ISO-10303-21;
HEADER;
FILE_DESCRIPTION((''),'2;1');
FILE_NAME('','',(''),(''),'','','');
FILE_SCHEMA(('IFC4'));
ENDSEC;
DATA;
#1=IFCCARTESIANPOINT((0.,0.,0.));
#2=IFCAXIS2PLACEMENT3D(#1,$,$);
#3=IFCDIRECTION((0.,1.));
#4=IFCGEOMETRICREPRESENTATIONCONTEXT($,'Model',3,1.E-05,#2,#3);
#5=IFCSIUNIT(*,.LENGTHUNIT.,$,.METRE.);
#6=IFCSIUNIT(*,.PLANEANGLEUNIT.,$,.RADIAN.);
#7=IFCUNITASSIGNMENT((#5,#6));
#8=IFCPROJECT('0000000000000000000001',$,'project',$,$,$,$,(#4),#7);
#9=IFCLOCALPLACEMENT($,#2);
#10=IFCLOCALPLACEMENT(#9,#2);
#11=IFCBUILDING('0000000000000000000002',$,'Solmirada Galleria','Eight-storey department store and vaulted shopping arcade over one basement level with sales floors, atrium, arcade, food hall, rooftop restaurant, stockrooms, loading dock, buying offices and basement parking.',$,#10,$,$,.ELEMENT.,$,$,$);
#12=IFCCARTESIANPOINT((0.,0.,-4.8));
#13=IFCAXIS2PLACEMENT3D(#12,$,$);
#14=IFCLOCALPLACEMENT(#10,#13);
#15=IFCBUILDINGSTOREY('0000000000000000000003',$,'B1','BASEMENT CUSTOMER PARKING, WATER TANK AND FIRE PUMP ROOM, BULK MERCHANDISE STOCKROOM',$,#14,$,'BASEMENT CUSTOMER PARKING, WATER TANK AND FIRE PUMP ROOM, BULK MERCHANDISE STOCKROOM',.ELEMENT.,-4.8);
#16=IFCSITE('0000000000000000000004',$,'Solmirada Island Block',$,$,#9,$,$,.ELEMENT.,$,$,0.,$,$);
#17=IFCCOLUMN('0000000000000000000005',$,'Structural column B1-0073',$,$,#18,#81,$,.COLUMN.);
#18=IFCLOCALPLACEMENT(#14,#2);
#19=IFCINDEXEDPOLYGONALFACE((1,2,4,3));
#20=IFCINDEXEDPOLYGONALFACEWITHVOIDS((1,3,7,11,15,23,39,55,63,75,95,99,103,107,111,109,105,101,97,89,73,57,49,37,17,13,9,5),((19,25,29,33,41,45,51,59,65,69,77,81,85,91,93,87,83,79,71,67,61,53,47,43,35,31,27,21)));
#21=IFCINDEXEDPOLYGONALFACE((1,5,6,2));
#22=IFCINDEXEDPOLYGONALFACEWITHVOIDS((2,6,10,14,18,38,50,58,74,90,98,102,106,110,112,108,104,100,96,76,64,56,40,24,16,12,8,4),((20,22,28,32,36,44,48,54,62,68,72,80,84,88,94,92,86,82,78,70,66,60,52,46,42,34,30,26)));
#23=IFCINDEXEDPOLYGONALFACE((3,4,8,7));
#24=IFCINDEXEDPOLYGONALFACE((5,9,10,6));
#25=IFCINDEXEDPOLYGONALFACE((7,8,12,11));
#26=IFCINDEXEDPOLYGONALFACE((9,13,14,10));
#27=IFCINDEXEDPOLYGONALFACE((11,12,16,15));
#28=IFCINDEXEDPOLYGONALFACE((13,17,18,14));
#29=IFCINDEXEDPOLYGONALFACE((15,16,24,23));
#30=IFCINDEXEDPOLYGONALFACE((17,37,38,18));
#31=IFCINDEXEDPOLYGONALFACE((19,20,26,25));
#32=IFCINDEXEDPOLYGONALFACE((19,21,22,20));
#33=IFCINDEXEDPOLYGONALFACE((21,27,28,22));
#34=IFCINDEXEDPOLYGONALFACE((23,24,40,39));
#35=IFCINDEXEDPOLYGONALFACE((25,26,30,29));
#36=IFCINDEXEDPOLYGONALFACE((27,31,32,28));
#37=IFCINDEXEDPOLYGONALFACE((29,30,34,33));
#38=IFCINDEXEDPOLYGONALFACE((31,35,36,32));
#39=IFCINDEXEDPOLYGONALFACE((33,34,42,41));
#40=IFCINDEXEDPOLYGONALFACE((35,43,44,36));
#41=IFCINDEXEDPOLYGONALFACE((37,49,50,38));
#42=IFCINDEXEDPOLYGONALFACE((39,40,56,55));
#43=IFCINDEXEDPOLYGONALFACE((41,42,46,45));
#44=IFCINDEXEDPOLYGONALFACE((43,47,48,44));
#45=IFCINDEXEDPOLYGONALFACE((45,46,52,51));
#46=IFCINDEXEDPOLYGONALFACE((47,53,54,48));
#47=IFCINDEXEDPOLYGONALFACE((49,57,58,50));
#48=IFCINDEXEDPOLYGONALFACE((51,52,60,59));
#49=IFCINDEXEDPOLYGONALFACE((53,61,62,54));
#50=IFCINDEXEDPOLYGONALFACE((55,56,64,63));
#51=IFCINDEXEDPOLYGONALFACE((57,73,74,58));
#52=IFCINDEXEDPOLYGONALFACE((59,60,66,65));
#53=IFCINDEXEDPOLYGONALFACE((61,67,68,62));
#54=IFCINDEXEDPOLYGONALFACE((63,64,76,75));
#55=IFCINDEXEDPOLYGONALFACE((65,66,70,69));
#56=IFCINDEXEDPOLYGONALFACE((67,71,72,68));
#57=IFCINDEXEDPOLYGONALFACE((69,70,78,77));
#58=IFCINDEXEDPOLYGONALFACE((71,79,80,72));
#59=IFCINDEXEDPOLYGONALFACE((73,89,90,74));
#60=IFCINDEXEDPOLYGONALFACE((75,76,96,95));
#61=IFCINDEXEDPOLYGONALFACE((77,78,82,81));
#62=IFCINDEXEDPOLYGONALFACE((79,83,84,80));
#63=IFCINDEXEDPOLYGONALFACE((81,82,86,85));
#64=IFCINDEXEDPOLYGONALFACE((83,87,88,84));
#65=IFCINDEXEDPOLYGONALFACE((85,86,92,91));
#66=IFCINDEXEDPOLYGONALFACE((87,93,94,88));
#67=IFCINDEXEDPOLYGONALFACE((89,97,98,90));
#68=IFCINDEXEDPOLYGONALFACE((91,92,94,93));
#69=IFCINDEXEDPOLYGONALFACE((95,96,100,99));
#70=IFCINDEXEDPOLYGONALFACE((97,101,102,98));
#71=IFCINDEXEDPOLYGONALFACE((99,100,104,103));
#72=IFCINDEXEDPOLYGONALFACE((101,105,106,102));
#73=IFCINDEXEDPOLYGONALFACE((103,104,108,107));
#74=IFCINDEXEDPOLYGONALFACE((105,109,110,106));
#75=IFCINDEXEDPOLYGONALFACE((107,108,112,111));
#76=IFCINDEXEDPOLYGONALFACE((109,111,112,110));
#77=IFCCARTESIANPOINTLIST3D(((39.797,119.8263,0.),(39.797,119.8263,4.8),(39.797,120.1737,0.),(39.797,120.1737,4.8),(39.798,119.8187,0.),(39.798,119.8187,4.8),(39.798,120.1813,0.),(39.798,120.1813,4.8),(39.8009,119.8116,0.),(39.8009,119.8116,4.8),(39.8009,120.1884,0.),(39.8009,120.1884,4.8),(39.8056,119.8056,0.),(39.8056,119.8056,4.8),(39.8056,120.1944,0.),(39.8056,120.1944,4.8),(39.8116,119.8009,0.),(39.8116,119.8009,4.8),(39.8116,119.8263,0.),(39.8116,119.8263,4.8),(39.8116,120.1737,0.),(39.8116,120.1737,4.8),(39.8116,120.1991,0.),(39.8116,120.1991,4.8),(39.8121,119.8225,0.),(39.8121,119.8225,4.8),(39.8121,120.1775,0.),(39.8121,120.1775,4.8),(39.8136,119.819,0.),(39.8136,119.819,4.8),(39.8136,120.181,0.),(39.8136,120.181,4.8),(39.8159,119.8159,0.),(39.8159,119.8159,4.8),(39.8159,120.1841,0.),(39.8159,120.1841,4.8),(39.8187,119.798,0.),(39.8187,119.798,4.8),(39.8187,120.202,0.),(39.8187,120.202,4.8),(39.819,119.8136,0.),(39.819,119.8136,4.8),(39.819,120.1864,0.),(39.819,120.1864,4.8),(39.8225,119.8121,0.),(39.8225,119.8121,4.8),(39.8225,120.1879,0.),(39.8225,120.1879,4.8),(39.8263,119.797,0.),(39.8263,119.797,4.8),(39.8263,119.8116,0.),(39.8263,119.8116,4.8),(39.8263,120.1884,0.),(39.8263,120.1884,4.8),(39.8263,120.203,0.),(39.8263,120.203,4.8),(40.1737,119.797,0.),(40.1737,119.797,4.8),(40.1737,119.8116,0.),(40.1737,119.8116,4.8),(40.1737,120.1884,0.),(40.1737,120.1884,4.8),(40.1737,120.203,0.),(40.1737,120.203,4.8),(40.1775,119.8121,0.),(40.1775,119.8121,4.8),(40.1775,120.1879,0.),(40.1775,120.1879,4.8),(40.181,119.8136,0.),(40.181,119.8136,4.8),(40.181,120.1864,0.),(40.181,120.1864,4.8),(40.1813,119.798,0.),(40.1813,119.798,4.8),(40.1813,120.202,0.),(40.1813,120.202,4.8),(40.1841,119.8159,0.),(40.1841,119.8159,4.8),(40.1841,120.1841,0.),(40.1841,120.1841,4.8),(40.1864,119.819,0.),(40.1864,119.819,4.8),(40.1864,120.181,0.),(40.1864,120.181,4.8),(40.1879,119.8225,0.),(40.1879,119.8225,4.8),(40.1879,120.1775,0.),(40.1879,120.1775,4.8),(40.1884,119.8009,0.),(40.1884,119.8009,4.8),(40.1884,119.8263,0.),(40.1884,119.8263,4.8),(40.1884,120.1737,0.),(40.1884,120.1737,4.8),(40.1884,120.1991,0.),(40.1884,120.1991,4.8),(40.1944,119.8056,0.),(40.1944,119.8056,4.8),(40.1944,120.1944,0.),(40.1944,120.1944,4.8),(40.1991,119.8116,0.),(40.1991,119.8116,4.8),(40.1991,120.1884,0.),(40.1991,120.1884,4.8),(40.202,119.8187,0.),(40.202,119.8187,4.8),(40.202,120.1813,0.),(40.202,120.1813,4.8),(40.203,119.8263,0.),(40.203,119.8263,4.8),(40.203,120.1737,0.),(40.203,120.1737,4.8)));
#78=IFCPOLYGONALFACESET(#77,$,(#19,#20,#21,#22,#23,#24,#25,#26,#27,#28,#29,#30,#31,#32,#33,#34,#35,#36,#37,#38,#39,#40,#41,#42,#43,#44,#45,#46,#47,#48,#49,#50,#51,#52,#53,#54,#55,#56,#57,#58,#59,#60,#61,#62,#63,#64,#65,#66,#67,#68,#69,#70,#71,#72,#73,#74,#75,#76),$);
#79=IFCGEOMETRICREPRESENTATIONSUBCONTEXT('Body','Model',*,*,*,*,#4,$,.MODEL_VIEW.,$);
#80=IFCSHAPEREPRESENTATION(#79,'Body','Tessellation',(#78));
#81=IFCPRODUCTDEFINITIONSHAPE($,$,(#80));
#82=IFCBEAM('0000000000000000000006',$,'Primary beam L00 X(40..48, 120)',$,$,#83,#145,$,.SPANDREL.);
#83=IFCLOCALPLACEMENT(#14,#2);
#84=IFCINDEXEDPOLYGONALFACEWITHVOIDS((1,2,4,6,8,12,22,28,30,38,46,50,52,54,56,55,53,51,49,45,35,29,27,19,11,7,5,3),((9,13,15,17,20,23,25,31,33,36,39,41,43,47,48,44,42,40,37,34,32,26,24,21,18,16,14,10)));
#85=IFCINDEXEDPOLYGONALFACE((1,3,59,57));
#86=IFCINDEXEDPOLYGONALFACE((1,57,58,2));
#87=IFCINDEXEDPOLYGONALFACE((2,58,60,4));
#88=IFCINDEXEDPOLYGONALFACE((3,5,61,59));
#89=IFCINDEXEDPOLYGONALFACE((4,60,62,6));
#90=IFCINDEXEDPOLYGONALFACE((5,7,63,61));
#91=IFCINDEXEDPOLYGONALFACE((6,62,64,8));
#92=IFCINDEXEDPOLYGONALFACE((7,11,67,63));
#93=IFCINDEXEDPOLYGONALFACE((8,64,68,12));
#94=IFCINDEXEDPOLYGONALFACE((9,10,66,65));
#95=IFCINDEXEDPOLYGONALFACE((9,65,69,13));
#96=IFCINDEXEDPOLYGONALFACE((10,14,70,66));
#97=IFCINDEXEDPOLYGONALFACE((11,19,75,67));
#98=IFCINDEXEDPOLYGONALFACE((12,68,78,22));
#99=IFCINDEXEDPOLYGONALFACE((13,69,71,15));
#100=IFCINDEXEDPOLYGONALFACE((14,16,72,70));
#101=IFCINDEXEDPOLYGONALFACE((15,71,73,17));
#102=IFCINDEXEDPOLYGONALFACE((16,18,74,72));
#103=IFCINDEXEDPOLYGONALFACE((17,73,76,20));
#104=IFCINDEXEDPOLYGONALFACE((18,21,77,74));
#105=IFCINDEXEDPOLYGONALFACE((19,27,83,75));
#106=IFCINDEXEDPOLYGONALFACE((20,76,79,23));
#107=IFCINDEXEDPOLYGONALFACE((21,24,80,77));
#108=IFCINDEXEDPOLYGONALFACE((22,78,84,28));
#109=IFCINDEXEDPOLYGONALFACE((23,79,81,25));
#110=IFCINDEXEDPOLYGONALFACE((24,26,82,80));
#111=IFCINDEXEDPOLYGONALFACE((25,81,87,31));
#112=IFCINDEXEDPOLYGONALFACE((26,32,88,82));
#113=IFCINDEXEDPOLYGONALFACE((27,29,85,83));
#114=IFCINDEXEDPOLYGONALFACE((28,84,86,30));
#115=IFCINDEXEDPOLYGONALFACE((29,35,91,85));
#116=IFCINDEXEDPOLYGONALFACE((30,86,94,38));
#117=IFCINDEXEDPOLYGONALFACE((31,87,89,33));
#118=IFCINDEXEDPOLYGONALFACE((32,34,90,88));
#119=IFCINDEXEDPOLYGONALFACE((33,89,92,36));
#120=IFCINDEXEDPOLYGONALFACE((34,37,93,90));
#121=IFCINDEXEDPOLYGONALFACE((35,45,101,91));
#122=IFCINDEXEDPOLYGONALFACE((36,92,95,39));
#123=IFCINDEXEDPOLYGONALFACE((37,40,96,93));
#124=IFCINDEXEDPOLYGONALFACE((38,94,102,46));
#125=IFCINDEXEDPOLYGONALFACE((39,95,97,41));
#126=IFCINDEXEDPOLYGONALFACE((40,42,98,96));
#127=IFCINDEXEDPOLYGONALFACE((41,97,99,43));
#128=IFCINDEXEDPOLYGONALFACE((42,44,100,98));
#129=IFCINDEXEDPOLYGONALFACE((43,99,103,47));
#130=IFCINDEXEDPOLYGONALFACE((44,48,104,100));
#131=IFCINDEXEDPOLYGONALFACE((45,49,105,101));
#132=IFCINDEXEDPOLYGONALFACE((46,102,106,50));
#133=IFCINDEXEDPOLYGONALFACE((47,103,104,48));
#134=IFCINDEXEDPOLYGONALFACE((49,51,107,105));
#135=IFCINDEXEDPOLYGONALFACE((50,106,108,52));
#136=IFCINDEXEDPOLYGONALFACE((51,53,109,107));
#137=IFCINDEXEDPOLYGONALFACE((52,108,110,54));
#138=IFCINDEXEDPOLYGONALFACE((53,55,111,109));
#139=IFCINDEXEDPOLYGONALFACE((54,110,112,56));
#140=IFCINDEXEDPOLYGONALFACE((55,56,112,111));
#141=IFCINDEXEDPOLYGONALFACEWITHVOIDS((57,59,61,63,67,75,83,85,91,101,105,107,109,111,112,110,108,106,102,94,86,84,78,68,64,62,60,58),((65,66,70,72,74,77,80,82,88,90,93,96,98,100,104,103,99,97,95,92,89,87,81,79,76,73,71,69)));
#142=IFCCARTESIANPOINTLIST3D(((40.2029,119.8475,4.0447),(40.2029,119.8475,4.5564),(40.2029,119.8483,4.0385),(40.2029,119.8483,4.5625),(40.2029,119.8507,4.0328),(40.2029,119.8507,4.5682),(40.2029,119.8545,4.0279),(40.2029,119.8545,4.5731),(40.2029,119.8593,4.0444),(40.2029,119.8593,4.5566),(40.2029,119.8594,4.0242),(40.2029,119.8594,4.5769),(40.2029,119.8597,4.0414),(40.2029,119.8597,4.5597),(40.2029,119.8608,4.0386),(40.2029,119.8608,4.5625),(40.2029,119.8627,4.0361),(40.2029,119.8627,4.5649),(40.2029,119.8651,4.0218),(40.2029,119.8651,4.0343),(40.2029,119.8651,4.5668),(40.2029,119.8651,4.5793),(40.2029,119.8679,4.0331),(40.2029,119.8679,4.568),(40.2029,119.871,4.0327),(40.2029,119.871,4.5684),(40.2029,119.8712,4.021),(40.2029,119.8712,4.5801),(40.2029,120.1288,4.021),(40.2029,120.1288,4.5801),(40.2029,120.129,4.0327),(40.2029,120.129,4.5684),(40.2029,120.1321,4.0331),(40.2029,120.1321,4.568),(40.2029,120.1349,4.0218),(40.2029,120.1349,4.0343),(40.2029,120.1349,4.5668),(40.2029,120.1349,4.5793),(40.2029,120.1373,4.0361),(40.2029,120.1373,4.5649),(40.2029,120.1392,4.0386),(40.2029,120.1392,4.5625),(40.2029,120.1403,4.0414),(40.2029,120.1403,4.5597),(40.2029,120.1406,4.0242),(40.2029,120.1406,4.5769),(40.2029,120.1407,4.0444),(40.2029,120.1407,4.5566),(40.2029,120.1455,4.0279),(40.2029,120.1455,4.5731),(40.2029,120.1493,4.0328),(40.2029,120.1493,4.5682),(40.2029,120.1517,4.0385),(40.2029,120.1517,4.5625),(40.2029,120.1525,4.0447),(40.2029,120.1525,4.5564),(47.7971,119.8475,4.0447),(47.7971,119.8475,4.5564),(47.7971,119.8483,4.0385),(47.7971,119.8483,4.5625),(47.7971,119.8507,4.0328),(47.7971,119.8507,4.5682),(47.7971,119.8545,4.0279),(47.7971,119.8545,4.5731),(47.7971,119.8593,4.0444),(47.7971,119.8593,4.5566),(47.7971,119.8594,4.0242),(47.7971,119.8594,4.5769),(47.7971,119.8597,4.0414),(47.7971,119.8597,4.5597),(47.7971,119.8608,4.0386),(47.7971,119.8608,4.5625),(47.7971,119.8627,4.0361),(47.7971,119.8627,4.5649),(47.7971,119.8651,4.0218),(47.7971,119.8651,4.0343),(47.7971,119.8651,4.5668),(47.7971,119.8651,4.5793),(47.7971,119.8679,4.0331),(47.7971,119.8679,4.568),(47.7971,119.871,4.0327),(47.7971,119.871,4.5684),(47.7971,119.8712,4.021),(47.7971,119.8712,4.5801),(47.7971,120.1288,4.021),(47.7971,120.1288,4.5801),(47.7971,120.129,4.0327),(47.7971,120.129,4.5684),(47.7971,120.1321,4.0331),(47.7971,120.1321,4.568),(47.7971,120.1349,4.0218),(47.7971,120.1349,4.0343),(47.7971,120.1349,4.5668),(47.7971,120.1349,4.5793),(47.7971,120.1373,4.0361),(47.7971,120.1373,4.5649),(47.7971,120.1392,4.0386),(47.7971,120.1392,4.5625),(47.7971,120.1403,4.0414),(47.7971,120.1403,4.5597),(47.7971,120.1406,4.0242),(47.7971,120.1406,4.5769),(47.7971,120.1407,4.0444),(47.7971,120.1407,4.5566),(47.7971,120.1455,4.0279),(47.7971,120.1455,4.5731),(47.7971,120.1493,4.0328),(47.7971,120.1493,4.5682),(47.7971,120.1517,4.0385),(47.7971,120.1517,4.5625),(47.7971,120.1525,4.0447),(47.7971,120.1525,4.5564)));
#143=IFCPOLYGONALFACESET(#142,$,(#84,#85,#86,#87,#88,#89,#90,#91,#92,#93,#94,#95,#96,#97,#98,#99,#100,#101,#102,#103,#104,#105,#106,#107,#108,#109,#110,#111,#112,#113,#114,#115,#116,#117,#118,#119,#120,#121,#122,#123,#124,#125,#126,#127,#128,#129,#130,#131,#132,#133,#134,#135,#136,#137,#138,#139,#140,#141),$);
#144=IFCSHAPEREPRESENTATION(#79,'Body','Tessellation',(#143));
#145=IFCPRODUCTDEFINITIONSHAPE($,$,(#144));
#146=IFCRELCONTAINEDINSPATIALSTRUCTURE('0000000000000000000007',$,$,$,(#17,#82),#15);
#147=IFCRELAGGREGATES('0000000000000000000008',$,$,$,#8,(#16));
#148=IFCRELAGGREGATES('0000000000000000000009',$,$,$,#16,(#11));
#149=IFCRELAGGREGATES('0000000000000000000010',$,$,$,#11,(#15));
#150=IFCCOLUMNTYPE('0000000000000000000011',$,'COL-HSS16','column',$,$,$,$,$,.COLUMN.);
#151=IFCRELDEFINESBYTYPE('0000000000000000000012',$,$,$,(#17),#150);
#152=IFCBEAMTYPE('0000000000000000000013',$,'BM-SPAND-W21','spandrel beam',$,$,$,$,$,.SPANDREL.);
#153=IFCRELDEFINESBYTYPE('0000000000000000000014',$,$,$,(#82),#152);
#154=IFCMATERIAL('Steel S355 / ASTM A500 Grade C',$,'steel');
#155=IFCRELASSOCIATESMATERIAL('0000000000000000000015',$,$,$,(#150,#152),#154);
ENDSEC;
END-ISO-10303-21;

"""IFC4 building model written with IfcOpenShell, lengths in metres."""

from ifc_helpers import new_model, si_unit, direction, frame, origin, origin_2d, place, context, subcontext, project, spatial, hollow_rectangle, extrude, material, material_profile, profile_set, type_object, element, save


model = new_model("IFC4")

# Units and contexts
model_context = context("Model", 3, precision=1e-05, world=origin(), true_north=direction((0.0, 1.0)))
body_context = subcontext(model_context, "Body", "Model", "MODEL_VIEW")
ifc_project = project(units=[si_unit("LENGTHUNIT", "METRE"), si_unit("PLANEANGLEUNIT", "RADIAN")], contexts=[model_context])

# Site, building, storey
site_placement = place(None, origin())
site = spatial("IfcSite", under=ifc_project, at=site_placement, Name="Solmirada Island Block", CompositionType="ELEMENT", RefElevation=0.0)
building_placement = place(site_placement, origin())
building = spatial("IfcBuilding", under=site, at=building_placement, Name="Solmirada Galleria", Description="Eight-storey department store and vaulted shopping arcade over one basement level with sales floors, atrium, arcade, food hall, rooftop restaurant, stockrooms, loading dock, buying offices and basement parking.", CompositionType="ELEMENT")
storey_placement = place(building_placement, frame((0.0, 0.0, -4.8)))
storey = spatial("IfcBuildingStorey", under=building, at=storey_placement, Name="B1", Description="BASEMENT CUSTOMER PARKING, WATER TANK AND FIRE PUMP ROOM, BULK MERCHANDISE STOCKROOM", LongName="BASEMENT CUSTOMER PARKING, WATER TANK AND FIRE PUMP ROOM, BULK MERCHANDISE STOCKROOM", CompositionType="ELEMENT", Elevation=-4.8)

# Column
ifc_material_1 = material(Name="Steel S355 / ASTM A500 Grade C", Category="steel")
ifc_material_profile_1 = material_profile(ifc_material_1, hollow_rectangle(XDim=0.406, YDim=0.406, WallThickness=0.0146, InnerFilletRadius=0.0146, OuterFilletRadius=0.0293, at=origin_2d()), Name="HSS16X16X5/8")
ifc_profile_set_1 = profile_set([ifc_material_profile_1], Name="Steel S355 / ASTM A500 Grade C")
column_type = type_object("IfcColumnType", Name="COL-HSS16", Description="column", PredefinedType="COLUMN", material=ifc_profile_set_1)
for number, where, z_axis, x_axis, name in (
    (1, (40.0, 120.0, 0.0), (0.0, 0.0, 1.0), (1.0, 0.0, 0.0), "Structural column B1-0073"),
):
    element("IfcColumn", number, at=place(storey_placement, frame(where, z_axis=z_axis, x_axis=x_axis)), inside=storey, type_object=column_type, Name=name, PredefinedType="COLUMN", context=body_context, shape_type="SweptSolid", body=[
        extrude(hollow_rectangle(XDim=0.406, YDim=0.406, WallThickness=0.0146, InnerFilletRadius=0.0146, OuterFilletRadius=0.0293, at=origin_2d()), origin(), (0.0, 0.0, 1.0), 4.8),
    ])

# Beam
ifc_material_profile_2 = material_profile(ifc_material_1, hollow_rectangle(XDim=0.3049, YDim=0.5591, WallThickness=0.0117, InnerFilletRadius=0.0117, OuterFilletRadius=0.0237, at=origin_2d()), Name="HSS22X12X1/2")
ifc_profile_set_2 = profile_set([ifc_material_profile_2], Name="Steel S355 / ASTM A500 Grade C")
beam_type = type_object("IfcBeamType", Name="BM-SPAND-W21", Description="spandrel beam", PredefinedType="SPANDREL", material=ifc_profile_set_2)
for number, where, z_axis, x_axis, name in (
    (2, (40.2029, 120.0, 4.3005), (1.0, 0.0, 0.0), (0.0, 1.0, 0.0), "Primary beam L00 X(40..48, 120)"),
):
    element("IfcBeam", number, at=place(storey_placement, frame(where, z_axis=z_axis, x_axis=x_axis)), inside=storey, type_object=beam_type, Name=name, PredefinedType="SPANDREL", context=body_context, shape_type="SweptSolid", body=[
        extrude(hollow_rectangle(XDim=0.3049, YDim=0.5591, WallThickness=0.0117, InnerFilletRadius=0.0117, OuterFilletRadius=0.0237, at=origin_2d()), origin(), (0.0, 0.0, 1.0), 7.5942),
    ])

save(model, "model.ifc")
